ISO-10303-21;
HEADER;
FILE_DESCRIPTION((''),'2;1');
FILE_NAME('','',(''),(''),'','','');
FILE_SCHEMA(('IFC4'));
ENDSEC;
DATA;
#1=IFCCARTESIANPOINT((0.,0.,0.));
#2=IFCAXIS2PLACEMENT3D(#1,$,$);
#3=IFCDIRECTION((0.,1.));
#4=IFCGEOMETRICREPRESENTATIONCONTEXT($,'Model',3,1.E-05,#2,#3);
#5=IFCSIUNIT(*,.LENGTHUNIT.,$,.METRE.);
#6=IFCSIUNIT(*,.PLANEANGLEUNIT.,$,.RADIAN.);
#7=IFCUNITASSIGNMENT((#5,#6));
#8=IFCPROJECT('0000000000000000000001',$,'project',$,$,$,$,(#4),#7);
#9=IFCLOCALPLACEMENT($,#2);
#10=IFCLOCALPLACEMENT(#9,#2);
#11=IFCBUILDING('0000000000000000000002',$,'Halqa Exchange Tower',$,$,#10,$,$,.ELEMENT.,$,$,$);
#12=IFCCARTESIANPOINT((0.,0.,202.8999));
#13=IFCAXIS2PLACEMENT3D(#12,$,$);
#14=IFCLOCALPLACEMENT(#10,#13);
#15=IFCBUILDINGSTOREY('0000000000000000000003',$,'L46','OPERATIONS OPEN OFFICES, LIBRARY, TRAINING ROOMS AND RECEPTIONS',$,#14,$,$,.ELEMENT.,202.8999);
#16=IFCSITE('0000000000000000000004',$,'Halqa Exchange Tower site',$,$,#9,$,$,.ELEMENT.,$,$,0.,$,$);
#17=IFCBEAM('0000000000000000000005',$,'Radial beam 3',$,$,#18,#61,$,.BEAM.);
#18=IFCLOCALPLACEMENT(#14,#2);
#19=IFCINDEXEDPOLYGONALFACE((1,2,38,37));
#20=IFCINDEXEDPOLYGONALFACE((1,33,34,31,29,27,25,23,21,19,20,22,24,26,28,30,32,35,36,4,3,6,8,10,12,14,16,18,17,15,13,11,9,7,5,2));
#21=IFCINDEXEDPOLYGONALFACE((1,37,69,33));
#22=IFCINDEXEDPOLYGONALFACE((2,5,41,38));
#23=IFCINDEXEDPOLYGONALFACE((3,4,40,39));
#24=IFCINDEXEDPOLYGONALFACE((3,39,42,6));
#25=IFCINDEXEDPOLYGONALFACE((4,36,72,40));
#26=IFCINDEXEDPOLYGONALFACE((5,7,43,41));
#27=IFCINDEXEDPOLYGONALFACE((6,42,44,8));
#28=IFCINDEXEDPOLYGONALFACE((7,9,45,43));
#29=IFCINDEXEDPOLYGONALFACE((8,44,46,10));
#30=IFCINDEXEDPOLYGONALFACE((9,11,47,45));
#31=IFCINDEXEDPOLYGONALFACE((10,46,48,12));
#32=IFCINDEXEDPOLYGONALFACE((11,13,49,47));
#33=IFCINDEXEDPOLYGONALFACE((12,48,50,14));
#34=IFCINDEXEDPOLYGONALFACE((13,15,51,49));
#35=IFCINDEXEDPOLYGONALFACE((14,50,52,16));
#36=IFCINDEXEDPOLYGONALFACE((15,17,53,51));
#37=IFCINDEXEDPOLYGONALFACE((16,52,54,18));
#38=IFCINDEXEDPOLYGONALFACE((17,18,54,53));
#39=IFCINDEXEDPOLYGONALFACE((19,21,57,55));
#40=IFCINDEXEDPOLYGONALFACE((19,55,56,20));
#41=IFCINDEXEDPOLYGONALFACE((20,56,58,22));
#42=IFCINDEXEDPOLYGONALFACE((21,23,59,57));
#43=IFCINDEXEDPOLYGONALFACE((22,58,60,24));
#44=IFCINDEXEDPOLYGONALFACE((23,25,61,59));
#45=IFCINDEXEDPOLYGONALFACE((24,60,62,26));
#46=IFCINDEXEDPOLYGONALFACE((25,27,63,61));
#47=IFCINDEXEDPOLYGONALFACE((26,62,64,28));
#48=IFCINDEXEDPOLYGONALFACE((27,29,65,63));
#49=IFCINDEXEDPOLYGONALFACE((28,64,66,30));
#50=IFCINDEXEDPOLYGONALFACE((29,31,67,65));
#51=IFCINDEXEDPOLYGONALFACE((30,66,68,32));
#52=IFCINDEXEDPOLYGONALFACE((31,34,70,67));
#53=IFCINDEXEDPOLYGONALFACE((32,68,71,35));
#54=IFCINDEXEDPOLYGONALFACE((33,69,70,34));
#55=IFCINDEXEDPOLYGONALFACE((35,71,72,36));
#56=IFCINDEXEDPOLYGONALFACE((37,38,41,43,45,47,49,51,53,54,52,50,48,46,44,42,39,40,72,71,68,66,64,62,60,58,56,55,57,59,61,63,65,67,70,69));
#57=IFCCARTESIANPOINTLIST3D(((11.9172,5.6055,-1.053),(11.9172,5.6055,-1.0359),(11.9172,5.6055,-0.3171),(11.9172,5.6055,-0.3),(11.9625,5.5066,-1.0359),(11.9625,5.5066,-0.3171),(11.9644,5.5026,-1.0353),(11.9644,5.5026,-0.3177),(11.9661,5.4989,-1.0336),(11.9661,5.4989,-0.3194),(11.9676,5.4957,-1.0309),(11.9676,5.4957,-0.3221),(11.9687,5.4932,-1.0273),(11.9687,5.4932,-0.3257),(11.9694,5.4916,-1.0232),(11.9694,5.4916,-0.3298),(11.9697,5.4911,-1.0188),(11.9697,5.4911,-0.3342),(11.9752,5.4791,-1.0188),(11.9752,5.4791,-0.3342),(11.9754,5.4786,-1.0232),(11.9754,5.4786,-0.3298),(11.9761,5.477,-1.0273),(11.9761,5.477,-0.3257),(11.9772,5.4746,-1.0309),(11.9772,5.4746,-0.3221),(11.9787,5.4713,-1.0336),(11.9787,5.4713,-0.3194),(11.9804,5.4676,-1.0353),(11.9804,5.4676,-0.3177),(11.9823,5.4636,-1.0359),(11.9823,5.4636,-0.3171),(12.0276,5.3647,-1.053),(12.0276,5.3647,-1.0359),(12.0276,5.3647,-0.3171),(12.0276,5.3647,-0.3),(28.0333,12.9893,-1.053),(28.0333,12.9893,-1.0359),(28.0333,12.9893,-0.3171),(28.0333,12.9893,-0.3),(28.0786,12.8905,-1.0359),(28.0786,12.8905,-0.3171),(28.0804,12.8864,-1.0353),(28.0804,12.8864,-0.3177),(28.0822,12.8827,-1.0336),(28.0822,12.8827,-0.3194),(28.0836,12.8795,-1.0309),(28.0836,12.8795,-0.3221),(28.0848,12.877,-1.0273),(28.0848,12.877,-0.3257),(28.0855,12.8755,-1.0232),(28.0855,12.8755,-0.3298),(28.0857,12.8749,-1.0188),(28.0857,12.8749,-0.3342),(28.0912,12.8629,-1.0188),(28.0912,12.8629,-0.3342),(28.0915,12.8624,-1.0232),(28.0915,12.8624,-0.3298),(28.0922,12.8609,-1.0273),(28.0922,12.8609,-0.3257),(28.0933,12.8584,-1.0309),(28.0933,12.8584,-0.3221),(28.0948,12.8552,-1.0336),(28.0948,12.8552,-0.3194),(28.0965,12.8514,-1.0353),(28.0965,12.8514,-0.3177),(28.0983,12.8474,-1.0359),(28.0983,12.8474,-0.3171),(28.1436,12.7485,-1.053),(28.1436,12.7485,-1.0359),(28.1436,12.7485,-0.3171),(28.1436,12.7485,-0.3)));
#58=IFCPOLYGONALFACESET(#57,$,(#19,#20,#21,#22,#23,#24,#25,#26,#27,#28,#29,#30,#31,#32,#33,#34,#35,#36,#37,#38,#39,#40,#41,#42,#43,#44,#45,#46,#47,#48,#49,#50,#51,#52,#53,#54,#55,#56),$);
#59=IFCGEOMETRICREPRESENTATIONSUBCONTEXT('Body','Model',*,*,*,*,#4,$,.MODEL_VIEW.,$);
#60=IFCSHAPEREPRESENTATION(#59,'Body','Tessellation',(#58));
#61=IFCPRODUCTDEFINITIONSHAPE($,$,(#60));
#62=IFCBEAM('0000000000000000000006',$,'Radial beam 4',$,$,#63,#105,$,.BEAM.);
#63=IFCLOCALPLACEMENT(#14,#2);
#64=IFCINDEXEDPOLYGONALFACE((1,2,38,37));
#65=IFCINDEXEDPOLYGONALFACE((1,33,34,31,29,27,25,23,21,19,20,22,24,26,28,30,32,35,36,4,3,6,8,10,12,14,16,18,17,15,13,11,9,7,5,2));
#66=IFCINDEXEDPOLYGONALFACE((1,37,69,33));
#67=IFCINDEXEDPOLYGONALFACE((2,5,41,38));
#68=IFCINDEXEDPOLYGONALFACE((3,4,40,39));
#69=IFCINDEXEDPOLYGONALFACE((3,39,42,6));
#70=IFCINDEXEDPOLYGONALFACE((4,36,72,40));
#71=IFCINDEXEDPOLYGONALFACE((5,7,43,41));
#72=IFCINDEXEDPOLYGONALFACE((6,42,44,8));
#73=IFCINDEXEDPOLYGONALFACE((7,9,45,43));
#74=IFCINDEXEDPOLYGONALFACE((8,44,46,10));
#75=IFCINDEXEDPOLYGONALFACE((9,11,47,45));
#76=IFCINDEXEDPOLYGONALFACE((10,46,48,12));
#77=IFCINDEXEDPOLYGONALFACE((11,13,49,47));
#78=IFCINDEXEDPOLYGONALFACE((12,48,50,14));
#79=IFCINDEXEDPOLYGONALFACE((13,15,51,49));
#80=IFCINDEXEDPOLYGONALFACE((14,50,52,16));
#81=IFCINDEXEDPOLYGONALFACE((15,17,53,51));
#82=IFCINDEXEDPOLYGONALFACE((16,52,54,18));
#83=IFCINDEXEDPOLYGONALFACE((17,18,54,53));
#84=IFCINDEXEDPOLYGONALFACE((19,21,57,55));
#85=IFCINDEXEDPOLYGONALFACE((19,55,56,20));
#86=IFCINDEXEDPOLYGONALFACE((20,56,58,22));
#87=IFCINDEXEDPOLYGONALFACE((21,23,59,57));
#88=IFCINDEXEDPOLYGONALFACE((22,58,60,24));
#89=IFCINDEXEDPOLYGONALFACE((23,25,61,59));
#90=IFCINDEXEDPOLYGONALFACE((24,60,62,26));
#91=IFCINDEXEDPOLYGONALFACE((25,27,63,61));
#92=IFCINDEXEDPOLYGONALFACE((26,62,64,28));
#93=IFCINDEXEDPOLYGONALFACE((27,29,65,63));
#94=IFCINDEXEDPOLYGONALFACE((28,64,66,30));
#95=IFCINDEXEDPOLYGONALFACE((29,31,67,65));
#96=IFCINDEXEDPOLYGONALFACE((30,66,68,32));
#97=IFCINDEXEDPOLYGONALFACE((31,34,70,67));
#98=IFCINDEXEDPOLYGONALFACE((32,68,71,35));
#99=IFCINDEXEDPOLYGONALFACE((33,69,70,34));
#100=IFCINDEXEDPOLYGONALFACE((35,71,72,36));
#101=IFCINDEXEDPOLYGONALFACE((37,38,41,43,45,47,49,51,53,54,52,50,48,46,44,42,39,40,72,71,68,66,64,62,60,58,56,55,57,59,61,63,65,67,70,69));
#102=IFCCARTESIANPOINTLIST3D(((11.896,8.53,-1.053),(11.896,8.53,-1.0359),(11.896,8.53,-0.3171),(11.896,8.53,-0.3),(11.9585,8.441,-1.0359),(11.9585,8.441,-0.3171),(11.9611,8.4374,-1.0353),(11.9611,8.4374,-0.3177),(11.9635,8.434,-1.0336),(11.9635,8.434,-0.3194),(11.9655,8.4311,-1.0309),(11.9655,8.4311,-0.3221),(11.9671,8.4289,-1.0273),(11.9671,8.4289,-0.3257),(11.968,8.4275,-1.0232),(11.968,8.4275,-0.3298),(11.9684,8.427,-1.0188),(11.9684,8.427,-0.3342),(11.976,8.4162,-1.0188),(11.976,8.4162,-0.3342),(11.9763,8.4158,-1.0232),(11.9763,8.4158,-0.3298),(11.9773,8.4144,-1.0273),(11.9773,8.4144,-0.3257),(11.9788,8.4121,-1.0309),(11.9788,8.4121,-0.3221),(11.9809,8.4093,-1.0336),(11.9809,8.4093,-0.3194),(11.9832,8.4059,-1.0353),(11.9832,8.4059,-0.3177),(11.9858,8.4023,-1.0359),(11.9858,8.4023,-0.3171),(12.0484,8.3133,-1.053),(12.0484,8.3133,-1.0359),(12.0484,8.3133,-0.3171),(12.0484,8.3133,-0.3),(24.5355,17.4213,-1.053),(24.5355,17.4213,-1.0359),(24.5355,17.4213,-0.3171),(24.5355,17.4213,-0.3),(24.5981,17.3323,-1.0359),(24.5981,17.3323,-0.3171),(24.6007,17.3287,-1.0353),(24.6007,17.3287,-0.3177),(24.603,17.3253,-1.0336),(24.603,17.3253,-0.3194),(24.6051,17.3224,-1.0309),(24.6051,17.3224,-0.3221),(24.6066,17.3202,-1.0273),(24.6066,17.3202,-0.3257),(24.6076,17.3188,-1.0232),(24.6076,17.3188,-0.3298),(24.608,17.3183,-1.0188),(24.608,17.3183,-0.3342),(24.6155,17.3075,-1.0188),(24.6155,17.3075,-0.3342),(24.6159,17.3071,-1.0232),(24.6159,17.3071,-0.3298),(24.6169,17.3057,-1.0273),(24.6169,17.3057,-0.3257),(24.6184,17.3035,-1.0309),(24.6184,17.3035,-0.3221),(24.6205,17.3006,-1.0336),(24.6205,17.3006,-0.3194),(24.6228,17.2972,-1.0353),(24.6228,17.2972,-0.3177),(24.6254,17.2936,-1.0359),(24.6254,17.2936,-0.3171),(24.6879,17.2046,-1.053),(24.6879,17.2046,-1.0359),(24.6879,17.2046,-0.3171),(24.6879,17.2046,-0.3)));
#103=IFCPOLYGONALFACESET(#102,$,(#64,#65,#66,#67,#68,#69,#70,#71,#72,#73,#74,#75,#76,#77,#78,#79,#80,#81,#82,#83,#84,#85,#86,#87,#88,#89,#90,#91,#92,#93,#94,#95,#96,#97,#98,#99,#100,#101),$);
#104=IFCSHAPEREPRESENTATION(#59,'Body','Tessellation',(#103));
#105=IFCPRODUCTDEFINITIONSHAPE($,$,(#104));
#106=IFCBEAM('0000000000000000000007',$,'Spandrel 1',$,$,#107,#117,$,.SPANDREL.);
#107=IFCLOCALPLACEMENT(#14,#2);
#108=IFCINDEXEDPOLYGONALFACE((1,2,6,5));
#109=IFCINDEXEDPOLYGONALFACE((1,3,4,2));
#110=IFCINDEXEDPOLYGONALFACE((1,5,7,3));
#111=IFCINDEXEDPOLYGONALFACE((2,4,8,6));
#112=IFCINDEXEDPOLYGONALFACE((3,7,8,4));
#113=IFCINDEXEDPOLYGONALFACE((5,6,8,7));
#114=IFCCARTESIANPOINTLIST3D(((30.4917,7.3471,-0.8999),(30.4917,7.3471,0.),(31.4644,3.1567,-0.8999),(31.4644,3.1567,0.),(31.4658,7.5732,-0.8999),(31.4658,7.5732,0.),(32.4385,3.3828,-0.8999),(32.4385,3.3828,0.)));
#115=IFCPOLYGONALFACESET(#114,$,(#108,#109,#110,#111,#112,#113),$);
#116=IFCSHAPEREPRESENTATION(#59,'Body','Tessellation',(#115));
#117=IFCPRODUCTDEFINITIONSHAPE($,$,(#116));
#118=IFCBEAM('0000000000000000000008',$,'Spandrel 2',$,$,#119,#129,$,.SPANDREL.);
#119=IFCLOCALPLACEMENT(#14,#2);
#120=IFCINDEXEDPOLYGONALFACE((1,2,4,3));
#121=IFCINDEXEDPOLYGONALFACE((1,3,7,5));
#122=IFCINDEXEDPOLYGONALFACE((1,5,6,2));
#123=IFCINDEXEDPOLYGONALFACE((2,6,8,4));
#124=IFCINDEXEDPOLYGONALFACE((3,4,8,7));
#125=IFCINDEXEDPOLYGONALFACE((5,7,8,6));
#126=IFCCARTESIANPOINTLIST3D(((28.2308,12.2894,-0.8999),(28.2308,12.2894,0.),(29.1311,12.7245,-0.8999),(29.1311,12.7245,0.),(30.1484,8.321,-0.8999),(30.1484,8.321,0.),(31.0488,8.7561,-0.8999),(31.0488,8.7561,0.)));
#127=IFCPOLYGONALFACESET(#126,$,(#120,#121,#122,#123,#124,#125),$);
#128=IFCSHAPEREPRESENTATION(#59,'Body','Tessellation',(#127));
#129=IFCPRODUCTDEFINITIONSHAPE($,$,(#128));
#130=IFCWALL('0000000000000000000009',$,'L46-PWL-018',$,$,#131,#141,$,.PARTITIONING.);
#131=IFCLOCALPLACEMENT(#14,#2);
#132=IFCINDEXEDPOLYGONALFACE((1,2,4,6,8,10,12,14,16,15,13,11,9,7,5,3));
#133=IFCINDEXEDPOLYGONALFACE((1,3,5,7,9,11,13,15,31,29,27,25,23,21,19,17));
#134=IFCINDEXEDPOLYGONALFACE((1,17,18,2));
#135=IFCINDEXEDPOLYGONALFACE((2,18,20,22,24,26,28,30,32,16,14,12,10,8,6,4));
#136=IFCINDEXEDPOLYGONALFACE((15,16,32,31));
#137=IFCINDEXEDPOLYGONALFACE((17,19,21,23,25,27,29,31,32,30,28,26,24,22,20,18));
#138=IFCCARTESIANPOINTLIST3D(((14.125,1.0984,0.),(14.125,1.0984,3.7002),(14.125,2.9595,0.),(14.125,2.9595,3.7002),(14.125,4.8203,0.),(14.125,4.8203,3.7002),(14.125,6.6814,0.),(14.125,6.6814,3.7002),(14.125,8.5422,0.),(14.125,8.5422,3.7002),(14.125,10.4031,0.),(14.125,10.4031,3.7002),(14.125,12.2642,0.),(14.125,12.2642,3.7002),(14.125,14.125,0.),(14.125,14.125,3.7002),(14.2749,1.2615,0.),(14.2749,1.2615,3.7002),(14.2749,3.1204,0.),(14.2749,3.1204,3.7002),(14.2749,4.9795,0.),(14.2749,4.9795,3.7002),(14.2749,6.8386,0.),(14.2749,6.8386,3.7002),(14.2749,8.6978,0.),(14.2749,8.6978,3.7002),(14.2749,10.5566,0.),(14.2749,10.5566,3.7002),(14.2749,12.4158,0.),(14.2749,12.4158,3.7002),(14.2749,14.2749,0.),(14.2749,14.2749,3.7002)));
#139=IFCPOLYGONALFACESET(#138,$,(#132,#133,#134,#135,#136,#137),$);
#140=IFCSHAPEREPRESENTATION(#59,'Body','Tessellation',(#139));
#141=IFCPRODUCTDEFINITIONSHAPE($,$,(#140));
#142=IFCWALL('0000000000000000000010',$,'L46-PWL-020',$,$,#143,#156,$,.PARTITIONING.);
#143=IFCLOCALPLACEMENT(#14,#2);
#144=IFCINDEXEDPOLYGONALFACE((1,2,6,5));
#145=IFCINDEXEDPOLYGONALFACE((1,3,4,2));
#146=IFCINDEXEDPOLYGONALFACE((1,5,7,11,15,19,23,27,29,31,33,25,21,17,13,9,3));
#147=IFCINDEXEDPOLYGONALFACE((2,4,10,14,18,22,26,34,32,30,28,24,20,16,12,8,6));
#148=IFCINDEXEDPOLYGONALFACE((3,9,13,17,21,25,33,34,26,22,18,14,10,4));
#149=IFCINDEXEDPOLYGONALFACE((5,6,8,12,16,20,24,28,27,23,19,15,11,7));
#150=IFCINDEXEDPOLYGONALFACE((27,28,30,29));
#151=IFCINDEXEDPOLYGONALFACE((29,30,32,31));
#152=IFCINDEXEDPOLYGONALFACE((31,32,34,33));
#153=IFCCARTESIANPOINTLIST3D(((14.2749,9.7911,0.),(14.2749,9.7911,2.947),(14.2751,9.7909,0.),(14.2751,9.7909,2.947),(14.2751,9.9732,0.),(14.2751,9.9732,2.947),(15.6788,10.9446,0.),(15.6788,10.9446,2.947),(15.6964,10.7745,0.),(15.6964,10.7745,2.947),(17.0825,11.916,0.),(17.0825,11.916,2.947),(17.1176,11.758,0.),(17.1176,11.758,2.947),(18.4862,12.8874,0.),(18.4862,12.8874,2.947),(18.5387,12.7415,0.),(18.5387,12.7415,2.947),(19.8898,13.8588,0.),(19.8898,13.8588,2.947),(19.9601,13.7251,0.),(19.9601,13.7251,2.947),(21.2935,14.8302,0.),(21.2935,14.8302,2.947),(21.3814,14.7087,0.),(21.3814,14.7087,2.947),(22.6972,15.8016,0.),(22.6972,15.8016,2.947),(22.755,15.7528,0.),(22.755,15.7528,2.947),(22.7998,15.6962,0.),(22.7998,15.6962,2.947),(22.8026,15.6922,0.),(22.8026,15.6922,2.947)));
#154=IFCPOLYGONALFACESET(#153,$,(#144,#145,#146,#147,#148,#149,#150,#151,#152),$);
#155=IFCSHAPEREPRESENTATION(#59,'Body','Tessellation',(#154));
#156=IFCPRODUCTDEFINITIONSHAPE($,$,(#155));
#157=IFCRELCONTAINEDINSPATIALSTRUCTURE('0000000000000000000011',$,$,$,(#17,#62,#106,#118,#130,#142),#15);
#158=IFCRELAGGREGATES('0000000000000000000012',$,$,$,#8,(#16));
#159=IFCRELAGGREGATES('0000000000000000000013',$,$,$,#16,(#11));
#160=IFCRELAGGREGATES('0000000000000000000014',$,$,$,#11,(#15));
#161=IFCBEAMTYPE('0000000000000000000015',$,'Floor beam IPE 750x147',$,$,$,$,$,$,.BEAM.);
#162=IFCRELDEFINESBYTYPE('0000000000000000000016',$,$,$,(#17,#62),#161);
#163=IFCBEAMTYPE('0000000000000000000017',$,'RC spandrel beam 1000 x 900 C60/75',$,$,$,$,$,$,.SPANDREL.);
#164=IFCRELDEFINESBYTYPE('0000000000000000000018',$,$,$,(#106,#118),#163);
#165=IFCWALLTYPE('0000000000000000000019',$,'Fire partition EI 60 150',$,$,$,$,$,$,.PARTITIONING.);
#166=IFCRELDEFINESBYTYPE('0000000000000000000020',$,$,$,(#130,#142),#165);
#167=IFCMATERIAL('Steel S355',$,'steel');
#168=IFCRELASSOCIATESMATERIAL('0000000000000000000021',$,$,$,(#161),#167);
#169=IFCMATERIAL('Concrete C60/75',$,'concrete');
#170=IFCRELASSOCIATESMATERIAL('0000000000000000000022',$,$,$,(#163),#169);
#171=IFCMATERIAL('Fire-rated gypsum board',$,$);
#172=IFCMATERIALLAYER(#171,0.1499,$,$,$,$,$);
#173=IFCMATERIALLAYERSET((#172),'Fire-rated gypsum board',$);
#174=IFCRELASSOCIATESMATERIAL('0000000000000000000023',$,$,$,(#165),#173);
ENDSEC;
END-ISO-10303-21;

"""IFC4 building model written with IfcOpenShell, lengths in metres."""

from ifc_helpers import new_model, si_unit, direction, frame, origin, origin_2d, place, context, subcontext, project, spatial, polyline, rectangle, i_section, outline, extrude, material, layer, layer_set, material_profile, profile_set, type_object, element, save


model = new_model("IFC4")

# Units and contexts
model_context = context("Model", 3, precision=1e-05, world=origin(), true_north=direction((0.0, 1.0)))
body_context = subcontext(model_context, "Body", "Model", "MODEL_VIEW")
ifc_project = project(units=[si_unit("LENGTHUNIT", "METRE"), si_unit("PLANEANGLEUNIT", "RADIAN")], contexts=[model_context])

# Site, building, storey
site_placement = place(None, origin())
site = spatial("IfcSite", under=ifc_project, at=site_placement, Name="Halqa Exchange Tower site", CompositionType="ELEMENT", RefElevation=0.0)
building_placement = place(site_placement, origin())
building = spatial("IfcBuilding", under=site, at=building_placement, Name="Halqa Exchange Tower", CompositionType="ELEMENT")
storey_placement = place(building_placement, frame((0.0, 0.0, 202.8999)))
storey = spatial("IfcBuildingStorey", under=building, at=storey_placement, Name="L46", Description="OPERATIONS OPEN OFFICES, LIBRARY, TRAINING ROOMS AND RECEPTIONS", CompositionType="ELEMENT", Elevation=202.8999)

# Shared definitions
ifc_material_1 = material(Name="Concrete C60/75", Category="concrete")

# Beams
ifc_material_2 = material(Name="Steel S355", Category="steel")
ifc_material_profile_1 = material_profile(ifc_material_2, i_section(OverallWidth=0.2649, OverallDepth=0.7529, WebThickness=0.0132, FlangeThickness=0.0171, FilletRadius=0.0171, at=origin_2d()), Name="IPE 750x147")
ifc_profile_set_1 = profile_set([ifc_material_profile_1], Name="Steel S355")
beam_type_1 = type_object("IfcBeamType", Name="Floor beam IPE 750x147", PredefinedType="BEAM", material=ifc_profile_set_1)
beam_1_placement = place(storey_placement, frame((11.9724, 5.4851, -0.6765), z_axis=(0.909122, 0.416529, 0.0), x_axis=(-0.416529, 0.909122, 0.0)))
element("IfcBeam", 1, at=beam_1_placement, inside=storey, type_object=beam_type_1, Name="Radial beam 3", PredefinedType="BEAM", context=body_context, shape_type="SweptSolid", body=[
    extrude(i_section(OverallWidth=0.2649, OverallDepth=0.7529, WebThickness=0.0132, FlangeThickness=0.0171, FilletRadius=0.0171, at=origin_2d()), origin(), (0.0, 0.0, 1.0), 17.7271),
])
beam_2_placement = place(storey_placement, frame((11.9722, 8.4216, -0.6765), z_axis=(0.817904, 0.575354, 0.0), x_axis=(-0.575354, 0.817904, 0.0)))
element("IfcBeam", 2, at=beam_2_placement, inside=storey, type_object=beam_type_1, Name="Radial beam 4", PredefinedType="BEAM", context=body_context, shape_type="SweptSolid", body=[
    extrude(i_section(OverallWidth=0.2649, OverallDepth=0.7529, WebThickness=0.0132, FlangeThickness=0.0171, FilletRadius=0.0171, at=origin_2d()), origin(), (0.0, 0.0, 1.0), 15.4536),
])
ifc_material_profile_2 = material_profile(ifc_material_1, rectangle(XDim=1.0, YDim=0.8999, at=origin_2d()), Name="1000 x 900")
ifc_profile_set_2 = profile_set([ifc_material_profile_2], Name="Concrete C60/75")
beam_type_2 = type_object("IfcBeamType", Name="RC spandrel beam 1000 x 900 C60/75", PredefinedType="SPANDREL", material=ifc_profile_set_2)
beam_3_placement = place(storey_placement, frame((31.9514, 3.2698, -0.45), z_axis=(-0.226103, 0.974103, 0.0), x_axis=(-0.974103, -0.226103, 0.0)))
element("IfcBeam", 3, at=beam_3_placement, inside=storey, type_object=beam_type_2, Name="Spandrel 1", PredefinedType="SPANDREL", context=body_context, shape_type="SweptSolid", body=[
    extrude(rectangle(XDim=1.0, YDim=0.8999, at=origin_2d()), origin(), (0.0, 0.0, 1.0), 4.3018),
])
beam_4_placement = place(storey_placement, frame((30.5986, 8.5386, -0.45), z_axis=(-0.435098, 0.900383, 0.0), x_axis=(-0.900383, -0.435098, 0.0)))
element("IfcBeam", 4, at=beam_4_placement, inside=storey, type_object=beam_type_2, Name="Spandrel 2", PredefinedType="SPANDREL", context=body_context, shape_type="SweptSolid", body=[
    extrude(rectangle(XDim=1.0, YDim=0.8999, at=origin_2d()), origin(), (0.0, 0.0, 1.0), 4.4075),
])

# Wall
ifc_material_3 = material(Name="Fire-rated gypsum board")
ifc_layer_1 = layer(ifc_material_3, 0.1499)
ifc_layer_set_1 = layer_set([ifc_layer_1], Name="Fire-rated gypsum board")
wall_type_1 = type_object("IfcWallType", Name="Fire partition EI 60 150", PredefinedType="PARTITIONING", material=ifc_layer_set_1)
wall_1_placement = place(storey_placement, frame((14.2, 1.0984, 0.0), z_axis=(0.0, 0.0, 1.0), x_axis=(0.0, 1.0, 0.0)))
element("IfcWall", 5, at=wall_1_placement, inside=storey, type_object=wall_type_1, Name="L46-PWL-018", PredefinedType="PARTITIONING", context=body_context, shape_type="SweptSolid", body=[
    extrude(outline(polyline([(0.1631, -0.075), (2.022, -0.075), (3.8811, -0.075), (5.7402, -0.075), (7.5994, -0.075), (9.4583, -0.075), (11.3174, -0.075), (13.1765, -0.075), (13.0266, 0.075), (11.1658, 0.075), (9.3047, 0.075), (7.4438, 0.075), (5.583, 0.075), (3.7219, 0.075), (1.8611, 0.075), (0.0, 0.075), (0.1631, -0.075)])), origin(), (0.0, 0.0, 1.0), 3.7002),
])

# Wall
wall_2_placement = place(storey_placement, frame((14.2324, 9.8525, 0.0), z_axis=(0.0, 0.0, 1.0), x_axis=(0.822298, 0.569057, 0.0)))
element("IfcWall", 6, at=wall_2_placement, inside=storey, type_object=wall_type_1, Name="L46-PWL-020", PredefinedType="PARTITIONING", context=body_context, shape_type="SweptSolid", body=[
    extrude(outline(polyline([(10.3704, -0.075), (10.3704, -0.0701), (10.3657, 0.002), (10.3459, 0.075), (8.6389, 0.075), (6.9319, 0.075), (5.2249, 0.075), (3.5178, 0.075), (1.8108, 0.075), (0.1038, 0.075), (0.0, -0.0747), (0.0, -0.075), (1.7285, -0.075), (3.4568, -0.075), (5.1851, -0.075), (6.9136, -0.075), (8.6421, -0.075), (10.3704, -0.075)])), origin(), (0.0, 0.0, 1.0), 2.947),
])

save(model, "model.ifc")
